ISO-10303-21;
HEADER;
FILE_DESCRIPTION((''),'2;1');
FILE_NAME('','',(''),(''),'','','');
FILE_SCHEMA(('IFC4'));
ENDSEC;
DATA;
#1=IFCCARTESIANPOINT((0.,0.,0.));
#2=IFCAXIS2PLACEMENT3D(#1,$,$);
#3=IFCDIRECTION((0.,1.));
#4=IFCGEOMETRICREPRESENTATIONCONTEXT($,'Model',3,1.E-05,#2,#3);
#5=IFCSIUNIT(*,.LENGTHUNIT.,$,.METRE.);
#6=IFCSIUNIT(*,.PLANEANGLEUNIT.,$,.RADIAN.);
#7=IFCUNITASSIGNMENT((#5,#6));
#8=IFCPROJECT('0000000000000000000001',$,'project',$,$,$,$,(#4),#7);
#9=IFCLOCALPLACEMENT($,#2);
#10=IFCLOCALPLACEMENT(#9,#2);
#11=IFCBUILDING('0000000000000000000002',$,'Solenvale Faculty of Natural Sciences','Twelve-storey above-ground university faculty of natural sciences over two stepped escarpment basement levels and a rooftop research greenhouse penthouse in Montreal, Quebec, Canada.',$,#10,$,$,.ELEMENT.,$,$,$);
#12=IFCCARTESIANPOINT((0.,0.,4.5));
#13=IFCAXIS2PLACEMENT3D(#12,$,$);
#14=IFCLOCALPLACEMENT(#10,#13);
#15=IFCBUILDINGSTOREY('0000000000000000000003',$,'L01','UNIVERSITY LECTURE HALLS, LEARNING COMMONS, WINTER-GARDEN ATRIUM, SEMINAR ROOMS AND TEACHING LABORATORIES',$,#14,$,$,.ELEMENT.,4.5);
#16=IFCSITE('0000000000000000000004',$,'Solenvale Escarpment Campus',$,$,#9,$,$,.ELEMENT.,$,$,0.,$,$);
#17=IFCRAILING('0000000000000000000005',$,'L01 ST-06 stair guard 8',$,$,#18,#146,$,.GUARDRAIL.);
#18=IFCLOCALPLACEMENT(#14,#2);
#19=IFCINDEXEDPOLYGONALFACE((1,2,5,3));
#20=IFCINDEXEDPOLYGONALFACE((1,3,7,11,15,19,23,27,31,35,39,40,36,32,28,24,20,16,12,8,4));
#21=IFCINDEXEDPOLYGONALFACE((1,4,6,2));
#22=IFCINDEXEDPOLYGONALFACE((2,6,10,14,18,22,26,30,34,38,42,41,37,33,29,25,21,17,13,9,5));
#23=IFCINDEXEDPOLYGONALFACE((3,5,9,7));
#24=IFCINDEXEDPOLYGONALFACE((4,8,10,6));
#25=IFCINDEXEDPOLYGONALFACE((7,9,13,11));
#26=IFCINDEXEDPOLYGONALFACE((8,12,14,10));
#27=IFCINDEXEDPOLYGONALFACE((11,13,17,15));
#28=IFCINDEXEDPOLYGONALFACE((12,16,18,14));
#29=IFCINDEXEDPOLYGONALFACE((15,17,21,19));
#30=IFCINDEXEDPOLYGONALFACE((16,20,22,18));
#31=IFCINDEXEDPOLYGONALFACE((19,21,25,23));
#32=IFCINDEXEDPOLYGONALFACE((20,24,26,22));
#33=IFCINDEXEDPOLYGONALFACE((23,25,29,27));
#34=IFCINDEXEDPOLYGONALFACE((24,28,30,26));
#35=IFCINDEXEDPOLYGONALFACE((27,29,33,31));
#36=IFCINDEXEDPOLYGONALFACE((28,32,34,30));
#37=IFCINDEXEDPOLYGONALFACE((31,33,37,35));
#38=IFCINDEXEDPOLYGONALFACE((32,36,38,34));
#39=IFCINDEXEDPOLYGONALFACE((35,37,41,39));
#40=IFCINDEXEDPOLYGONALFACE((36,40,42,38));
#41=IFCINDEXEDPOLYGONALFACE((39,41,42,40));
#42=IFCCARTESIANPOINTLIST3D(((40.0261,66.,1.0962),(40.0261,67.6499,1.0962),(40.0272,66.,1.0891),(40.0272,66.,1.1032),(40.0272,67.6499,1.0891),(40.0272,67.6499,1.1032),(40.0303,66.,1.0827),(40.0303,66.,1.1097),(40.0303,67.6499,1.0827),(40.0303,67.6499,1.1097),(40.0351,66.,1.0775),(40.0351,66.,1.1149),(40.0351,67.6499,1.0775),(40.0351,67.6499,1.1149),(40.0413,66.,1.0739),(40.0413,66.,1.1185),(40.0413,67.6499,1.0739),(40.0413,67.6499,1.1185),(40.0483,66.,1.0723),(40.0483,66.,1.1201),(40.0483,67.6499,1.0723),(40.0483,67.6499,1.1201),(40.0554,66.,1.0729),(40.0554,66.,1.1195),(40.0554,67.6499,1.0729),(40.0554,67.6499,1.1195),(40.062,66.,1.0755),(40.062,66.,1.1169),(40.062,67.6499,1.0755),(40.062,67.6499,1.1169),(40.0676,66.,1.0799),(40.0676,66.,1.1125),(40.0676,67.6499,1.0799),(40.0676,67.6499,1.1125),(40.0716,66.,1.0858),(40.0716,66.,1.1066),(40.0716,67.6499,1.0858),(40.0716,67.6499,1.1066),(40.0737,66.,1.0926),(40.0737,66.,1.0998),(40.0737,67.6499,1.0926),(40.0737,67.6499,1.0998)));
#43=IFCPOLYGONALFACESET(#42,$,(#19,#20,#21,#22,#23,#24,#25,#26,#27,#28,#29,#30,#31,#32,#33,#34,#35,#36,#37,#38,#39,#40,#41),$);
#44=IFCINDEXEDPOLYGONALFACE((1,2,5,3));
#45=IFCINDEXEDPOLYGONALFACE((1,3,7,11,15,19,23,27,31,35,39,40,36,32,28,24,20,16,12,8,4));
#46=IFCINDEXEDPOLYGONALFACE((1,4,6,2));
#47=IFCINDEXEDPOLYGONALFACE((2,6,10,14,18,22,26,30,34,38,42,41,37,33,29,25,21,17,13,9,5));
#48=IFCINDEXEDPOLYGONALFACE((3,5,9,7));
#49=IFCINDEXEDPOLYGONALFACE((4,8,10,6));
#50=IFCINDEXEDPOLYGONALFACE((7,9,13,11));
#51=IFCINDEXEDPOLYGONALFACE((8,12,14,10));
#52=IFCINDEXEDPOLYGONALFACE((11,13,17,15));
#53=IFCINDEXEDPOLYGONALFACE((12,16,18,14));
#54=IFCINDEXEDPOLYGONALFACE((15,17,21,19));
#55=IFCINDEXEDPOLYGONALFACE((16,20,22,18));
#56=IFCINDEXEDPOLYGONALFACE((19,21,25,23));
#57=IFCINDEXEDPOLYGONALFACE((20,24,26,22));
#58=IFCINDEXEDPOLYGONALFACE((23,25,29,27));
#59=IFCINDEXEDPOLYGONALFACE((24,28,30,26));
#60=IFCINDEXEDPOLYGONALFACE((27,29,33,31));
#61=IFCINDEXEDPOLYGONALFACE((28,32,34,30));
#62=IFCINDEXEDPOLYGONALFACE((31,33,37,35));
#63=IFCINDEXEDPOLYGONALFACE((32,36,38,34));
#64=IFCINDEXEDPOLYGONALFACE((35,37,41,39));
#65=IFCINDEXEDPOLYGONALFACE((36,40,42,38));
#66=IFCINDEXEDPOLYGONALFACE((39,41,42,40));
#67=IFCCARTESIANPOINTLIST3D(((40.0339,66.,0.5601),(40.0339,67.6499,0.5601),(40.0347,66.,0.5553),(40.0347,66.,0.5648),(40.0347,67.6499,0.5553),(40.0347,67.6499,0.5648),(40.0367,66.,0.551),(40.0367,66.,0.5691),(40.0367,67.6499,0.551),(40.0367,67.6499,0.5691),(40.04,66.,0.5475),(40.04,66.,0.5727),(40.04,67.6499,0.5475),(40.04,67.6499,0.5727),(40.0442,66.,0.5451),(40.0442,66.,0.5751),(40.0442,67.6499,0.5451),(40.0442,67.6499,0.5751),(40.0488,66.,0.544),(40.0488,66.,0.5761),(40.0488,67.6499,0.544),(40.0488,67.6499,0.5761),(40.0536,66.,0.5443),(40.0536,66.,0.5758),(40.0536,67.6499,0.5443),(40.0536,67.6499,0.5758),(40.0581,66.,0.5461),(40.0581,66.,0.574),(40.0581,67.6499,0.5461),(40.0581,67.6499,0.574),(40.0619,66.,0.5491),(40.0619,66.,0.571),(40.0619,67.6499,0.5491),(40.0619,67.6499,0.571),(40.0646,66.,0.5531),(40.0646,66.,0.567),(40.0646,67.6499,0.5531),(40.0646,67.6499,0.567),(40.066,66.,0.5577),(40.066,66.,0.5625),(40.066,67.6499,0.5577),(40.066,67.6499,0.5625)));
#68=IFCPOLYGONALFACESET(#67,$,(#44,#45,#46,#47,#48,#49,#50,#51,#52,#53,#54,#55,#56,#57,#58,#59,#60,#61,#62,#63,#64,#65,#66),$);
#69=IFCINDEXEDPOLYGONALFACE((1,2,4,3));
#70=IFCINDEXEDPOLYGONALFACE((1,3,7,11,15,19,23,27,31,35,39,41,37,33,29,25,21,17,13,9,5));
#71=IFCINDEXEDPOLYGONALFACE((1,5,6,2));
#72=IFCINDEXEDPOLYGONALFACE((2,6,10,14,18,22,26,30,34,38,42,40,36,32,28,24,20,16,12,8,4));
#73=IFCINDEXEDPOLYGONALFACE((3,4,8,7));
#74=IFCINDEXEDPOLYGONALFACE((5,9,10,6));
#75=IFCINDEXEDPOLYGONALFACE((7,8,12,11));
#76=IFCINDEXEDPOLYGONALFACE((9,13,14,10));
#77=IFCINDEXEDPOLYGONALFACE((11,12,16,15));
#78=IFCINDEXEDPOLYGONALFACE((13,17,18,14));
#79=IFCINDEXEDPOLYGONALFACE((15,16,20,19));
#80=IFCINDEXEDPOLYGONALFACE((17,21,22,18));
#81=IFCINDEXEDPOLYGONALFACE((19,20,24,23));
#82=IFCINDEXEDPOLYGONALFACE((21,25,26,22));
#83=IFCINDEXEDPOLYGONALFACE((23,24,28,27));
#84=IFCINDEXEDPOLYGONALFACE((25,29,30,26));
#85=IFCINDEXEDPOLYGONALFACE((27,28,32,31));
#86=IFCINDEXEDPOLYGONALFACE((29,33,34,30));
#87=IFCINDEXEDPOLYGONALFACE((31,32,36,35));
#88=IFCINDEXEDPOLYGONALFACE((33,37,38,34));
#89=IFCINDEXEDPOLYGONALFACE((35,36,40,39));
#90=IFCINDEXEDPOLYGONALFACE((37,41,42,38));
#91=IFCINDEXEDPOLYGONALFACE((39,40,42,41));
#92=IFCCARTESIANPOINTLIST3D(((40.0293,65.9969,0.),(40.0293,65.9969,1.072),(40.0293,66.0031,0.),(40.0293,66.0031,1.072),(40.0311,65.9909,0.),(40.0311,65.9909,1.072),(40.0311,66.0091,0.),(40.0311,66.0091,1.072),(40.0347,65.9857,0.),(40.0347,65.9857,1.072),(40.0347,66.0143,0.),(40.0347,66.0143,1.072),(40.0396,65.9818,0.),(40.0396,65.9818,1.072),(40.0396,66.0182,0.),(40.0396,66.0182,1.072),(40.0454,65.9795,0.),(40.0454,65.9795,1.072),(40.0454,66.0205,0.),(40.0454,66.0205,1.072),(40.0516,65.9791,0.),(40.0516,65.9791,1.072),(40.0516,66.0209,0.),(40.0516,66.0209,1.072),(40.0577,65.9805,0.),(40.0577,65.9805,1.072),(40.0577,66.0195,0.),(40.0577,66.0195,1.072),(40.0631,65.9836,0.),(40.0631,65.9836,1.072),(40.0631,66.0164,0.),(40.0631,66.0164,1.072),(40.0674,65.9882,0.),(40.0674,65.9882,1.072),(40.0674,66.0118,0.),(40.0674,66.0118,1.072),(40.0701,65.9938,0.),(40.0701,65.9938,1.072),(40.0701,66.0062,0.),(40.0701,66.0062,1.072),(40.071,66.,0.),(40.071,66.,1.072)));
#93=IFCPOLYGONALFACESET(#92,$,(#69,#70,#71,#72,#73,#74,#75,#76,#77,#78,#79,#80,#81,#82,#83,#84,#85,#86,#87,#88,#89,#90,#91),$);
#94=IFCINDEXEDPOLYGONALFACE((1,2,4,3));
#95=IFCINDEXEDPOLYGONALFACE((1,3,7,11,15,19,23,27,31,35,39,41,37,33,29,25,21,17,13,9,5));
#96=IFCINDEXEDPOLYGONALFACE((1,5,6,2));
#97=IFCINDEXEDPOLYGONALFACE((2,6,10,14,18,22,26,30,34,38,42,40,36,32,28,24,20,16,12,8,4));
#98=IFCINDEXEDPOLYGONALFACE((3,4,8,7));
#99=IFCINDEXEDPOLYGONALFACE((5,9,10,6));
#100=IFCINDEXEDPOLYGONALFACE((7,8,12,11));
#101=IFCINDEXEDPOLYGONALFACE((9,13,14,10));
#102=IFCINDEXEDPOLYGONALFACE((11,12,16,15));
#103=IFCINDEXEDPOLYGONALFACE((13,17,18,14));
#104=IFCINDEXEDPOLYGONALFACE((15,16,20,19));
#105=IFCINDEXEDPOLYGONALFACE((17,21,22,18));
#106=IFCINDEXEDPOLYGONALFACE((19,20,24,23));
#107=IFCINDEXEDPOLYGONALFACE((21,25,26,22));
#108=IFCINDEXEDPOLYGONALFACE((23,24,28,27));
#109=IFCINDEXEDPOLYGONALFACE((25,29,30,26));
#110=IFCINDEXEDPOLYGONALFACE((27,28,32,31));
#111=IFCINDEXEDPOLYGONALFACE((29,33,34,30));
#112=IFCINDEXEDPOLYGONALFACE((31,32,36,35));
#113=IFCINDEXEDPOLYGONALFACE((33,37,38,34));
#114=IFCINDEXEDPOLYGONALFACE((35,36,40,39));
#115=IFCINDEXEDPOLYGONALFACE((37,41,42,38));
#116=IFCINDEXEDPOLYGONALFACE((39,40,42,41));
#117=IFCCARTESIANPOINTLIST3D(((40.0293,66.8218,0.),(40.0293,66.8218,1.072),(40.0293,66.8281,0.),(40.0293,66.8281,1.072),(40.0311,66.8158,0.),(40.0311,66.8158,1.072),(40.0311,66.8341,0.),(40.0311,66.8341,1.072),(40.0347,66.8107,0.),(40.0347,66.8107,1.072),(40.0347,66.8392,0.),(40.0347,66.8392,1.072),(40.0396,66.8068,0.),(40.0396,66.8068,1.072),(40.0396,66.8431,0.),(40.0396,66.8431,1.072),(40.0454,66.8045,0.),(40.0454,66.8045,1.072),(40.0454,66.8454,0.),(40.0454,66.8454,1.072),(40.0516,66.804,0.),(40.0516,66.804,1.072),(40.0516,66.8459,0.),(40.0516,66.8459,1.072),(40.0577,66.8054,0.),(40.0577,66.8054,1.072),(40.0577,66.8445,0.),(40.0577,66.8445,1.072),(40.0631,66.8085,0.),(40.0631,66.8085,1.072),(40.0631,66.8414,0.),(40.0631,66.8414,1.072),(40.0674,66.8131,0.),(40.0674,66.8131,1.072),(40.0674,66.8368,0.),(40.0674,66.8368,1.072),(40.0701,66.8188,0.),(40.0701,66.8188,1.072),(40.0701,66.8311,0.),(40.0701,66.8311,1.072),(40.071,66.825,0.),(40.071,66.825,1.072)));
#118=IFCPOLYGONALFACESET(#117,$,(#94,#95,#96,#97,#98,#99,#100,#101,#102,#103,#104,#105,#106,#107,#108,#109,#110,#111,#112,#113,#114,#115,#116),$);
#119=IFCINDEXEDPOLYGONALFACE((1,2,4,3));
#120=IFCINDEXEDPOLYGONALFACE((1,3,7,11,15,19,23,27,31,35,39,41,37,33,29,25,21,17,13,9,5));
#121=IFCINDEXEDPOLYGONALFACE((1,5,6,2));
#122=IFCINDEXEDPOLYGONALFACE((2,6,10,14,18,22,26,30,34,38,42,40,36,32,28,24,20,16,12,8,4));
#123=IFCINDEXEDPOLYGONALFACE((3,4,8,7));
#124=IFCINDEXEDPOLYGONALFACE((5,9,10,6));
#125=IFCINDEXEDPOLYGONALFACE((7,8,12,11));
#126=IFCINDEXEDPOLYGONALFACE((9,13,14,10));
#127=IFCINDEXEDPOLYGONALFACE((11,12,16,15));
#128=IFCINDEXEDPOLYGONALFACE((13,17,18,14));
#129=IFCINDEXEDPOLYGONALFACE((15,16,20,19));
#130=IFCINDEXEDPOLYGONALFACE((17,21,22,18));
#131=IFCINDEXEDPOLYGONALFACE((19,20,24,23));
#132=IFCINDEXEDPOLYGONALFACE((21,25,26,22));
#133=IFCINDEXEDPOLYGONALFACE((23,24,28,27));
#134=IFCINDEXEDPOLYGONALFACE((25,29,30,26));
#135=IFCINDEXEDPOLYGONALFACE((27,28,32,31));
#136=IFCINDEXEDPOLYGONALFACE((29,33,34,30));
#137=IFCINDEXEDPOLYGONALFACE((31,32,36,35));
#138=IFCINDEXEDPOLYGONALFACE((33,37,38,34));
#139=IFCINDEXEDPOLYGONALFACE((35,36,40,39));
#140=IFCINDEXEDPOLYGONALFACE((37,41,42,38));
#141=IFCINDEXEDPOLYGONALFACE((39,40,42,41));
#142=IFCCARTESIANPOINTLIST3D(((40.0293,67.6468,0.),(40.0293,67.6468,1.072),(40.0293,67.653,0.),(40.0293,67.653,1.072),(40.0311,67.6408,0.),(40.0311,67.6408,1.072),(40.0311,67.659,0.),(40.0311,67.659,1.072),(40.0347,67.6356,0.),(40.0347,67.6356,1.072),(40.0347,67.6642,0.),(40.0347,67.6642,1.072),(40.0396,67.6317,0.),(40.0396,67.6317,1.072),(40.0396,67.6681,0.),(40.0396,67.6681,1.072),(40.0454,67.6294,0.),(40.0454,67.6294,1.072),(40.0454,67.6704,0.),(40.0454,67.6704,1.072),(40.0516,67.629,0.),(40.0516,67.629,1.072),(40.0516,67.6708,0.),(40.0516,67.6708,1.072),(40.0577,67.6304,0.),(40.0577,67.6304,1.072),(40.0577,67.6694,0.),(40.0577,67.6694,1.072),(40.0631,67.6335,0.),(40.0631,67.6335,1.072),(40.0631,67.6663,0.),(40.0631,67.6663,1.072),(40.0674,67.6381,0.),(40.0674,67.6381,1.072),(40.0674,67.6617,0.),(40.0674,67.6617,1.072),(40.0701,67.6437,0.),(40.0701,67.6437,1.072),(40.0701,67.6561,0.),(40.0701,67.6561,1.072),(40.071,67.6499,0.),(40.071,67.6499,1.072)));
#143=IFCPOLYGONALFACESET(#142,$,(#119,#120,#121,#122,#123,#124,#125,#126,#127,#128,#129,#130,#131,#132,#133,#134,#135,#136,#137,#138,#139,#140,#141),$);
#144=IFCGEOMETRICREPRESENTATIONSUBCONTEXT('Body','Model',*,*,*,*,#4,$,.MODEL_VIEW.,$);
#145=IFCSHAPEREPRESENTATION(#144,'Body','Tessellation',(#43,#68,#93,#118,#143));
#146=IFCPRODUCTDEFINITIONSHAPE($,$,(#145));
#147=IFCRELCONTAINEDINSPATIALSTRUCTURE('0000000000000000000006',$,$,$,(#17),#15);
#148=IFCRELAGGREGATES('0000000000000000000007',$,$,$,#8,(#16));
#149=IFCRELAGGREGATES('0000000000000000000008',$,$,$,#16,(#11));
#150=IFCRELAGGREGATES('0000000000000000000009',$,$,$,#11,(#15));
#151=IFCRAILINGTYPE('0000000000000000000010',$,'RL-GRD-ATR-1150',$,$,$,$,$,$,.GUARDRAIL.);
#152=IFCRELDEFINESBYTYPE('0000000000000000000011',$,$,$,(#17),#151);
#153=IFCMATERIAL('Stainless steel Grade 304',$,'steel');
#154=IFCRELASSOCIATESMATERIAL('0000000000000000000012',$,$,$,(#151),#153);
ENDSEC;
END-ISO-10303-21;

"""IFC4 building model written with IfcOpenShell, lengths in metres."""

from ifc_helpers import new_model, si_unit, direction, frame, origin, origin_2d, place, context, subcontext, project, spatial, circle, extrude, material, type_object, element, save


model = new_model("IFC4")

# Units and contexts
model_context = context("Model", 3, precision=1e-05, world=origin(), true_north=direction((0.0, 1.0)))
body_context = subcontext(model_context, "Body", "Model", "MODEL_VIEW")
ifc_project = project(units=[si_unit("LENGTHUNIT", "METRE"), si_unit("PLANEANGLEUNIT", "RADIAN")], contexts=[model_context])

# Site, building, storey
site_placement = place(None, origin())
site = spatial("IfcSite", under=ifc_project, at=site_placement, Name="Solenvale Escarpment Campus", CompositionType="ELEMENT", RefElevation=0.0)
building_placement = place(site_placement, origin())
building = spatial("IfcBuilding", under=site, at=building_placement, Name="Solenvale Faculty of Natural Sciences", Description="Twelve-storey above-ground university faculty of natural sciences over two stepped escarpment basement levels and a rooftop research greenhouse penthouse in Montreal, Quebec, Canada.", CompositionType="ELEMENT")
storey_placement = place(building_placement, frame((0.0, 0.0, 4.5)))
storey = spatial("IfcBuildingStorey", under=building, at=storey_placement, Name="L01", Description="UNIVERSITY LECTURE HALLS, LEARNING COMMONS, WINTER-GARDEN ATRIUM, SEMINAR ROOMS AND TEACHING LABORATORIES", CompositionType="ELEMENT", Elevation=4.5)

# Railing
ifc_material_1 = material(Name="Stainless steel Grade 304", Category="steel")
railing_type = type_object("IfcRailingType", Name="RL-GRD-ATR-1150", PredefinedType="GUARDRAIL", material=ifc_material_1)
for number, where, name in (
    (1, (40.05, 66.0, 0.0), "L01 ST-06 stair guard 8"),
):
    element("IfcRailing", number, at=place(storey_placement, frame(where)), inside=storey, type_object=railing_type, Name=name, PredefinedType="GUARDRAIL", context=body_context, shape_type="SweptSolid", body=[
        extrude(circle(Radius=0.0239, at=origin_2d()), frame((0.0, 0.0, 1.0962), z_axis=(0.0, 1.0, 0.0), x_axis=(-1.0, 0.0, 0.0)), (0.0, 0.0, 1.0), 1.6499),
        extrude(circle(Radius=0.0161, at=origin_2d()), frame((0.0, 0.0, 0.5601), z_axis=(0.0, 1.0, 0.0), x_axis=(-1.0, 0.0, 0.0)), (0.0, 0.0, 1.0), 1.6499),
        extrude(circle(Radius=0.021, at=origin_2d()), origin(), (0.0, 0.0, 1.0), 1.072),
        extrude(circle(Radius=0.021, at=origin_2d()), frame((0.0, 0.825, 0.0)), (0.0, 0.0, 1.0), 1.072),
        extrude(circle(Radius=0.021, at=origin_2d()), frame((0.0, 1.6499, 0.0)), (0.0, 0.0, 1.0), 1.072),
    ])

save(model, "model.ifc")
